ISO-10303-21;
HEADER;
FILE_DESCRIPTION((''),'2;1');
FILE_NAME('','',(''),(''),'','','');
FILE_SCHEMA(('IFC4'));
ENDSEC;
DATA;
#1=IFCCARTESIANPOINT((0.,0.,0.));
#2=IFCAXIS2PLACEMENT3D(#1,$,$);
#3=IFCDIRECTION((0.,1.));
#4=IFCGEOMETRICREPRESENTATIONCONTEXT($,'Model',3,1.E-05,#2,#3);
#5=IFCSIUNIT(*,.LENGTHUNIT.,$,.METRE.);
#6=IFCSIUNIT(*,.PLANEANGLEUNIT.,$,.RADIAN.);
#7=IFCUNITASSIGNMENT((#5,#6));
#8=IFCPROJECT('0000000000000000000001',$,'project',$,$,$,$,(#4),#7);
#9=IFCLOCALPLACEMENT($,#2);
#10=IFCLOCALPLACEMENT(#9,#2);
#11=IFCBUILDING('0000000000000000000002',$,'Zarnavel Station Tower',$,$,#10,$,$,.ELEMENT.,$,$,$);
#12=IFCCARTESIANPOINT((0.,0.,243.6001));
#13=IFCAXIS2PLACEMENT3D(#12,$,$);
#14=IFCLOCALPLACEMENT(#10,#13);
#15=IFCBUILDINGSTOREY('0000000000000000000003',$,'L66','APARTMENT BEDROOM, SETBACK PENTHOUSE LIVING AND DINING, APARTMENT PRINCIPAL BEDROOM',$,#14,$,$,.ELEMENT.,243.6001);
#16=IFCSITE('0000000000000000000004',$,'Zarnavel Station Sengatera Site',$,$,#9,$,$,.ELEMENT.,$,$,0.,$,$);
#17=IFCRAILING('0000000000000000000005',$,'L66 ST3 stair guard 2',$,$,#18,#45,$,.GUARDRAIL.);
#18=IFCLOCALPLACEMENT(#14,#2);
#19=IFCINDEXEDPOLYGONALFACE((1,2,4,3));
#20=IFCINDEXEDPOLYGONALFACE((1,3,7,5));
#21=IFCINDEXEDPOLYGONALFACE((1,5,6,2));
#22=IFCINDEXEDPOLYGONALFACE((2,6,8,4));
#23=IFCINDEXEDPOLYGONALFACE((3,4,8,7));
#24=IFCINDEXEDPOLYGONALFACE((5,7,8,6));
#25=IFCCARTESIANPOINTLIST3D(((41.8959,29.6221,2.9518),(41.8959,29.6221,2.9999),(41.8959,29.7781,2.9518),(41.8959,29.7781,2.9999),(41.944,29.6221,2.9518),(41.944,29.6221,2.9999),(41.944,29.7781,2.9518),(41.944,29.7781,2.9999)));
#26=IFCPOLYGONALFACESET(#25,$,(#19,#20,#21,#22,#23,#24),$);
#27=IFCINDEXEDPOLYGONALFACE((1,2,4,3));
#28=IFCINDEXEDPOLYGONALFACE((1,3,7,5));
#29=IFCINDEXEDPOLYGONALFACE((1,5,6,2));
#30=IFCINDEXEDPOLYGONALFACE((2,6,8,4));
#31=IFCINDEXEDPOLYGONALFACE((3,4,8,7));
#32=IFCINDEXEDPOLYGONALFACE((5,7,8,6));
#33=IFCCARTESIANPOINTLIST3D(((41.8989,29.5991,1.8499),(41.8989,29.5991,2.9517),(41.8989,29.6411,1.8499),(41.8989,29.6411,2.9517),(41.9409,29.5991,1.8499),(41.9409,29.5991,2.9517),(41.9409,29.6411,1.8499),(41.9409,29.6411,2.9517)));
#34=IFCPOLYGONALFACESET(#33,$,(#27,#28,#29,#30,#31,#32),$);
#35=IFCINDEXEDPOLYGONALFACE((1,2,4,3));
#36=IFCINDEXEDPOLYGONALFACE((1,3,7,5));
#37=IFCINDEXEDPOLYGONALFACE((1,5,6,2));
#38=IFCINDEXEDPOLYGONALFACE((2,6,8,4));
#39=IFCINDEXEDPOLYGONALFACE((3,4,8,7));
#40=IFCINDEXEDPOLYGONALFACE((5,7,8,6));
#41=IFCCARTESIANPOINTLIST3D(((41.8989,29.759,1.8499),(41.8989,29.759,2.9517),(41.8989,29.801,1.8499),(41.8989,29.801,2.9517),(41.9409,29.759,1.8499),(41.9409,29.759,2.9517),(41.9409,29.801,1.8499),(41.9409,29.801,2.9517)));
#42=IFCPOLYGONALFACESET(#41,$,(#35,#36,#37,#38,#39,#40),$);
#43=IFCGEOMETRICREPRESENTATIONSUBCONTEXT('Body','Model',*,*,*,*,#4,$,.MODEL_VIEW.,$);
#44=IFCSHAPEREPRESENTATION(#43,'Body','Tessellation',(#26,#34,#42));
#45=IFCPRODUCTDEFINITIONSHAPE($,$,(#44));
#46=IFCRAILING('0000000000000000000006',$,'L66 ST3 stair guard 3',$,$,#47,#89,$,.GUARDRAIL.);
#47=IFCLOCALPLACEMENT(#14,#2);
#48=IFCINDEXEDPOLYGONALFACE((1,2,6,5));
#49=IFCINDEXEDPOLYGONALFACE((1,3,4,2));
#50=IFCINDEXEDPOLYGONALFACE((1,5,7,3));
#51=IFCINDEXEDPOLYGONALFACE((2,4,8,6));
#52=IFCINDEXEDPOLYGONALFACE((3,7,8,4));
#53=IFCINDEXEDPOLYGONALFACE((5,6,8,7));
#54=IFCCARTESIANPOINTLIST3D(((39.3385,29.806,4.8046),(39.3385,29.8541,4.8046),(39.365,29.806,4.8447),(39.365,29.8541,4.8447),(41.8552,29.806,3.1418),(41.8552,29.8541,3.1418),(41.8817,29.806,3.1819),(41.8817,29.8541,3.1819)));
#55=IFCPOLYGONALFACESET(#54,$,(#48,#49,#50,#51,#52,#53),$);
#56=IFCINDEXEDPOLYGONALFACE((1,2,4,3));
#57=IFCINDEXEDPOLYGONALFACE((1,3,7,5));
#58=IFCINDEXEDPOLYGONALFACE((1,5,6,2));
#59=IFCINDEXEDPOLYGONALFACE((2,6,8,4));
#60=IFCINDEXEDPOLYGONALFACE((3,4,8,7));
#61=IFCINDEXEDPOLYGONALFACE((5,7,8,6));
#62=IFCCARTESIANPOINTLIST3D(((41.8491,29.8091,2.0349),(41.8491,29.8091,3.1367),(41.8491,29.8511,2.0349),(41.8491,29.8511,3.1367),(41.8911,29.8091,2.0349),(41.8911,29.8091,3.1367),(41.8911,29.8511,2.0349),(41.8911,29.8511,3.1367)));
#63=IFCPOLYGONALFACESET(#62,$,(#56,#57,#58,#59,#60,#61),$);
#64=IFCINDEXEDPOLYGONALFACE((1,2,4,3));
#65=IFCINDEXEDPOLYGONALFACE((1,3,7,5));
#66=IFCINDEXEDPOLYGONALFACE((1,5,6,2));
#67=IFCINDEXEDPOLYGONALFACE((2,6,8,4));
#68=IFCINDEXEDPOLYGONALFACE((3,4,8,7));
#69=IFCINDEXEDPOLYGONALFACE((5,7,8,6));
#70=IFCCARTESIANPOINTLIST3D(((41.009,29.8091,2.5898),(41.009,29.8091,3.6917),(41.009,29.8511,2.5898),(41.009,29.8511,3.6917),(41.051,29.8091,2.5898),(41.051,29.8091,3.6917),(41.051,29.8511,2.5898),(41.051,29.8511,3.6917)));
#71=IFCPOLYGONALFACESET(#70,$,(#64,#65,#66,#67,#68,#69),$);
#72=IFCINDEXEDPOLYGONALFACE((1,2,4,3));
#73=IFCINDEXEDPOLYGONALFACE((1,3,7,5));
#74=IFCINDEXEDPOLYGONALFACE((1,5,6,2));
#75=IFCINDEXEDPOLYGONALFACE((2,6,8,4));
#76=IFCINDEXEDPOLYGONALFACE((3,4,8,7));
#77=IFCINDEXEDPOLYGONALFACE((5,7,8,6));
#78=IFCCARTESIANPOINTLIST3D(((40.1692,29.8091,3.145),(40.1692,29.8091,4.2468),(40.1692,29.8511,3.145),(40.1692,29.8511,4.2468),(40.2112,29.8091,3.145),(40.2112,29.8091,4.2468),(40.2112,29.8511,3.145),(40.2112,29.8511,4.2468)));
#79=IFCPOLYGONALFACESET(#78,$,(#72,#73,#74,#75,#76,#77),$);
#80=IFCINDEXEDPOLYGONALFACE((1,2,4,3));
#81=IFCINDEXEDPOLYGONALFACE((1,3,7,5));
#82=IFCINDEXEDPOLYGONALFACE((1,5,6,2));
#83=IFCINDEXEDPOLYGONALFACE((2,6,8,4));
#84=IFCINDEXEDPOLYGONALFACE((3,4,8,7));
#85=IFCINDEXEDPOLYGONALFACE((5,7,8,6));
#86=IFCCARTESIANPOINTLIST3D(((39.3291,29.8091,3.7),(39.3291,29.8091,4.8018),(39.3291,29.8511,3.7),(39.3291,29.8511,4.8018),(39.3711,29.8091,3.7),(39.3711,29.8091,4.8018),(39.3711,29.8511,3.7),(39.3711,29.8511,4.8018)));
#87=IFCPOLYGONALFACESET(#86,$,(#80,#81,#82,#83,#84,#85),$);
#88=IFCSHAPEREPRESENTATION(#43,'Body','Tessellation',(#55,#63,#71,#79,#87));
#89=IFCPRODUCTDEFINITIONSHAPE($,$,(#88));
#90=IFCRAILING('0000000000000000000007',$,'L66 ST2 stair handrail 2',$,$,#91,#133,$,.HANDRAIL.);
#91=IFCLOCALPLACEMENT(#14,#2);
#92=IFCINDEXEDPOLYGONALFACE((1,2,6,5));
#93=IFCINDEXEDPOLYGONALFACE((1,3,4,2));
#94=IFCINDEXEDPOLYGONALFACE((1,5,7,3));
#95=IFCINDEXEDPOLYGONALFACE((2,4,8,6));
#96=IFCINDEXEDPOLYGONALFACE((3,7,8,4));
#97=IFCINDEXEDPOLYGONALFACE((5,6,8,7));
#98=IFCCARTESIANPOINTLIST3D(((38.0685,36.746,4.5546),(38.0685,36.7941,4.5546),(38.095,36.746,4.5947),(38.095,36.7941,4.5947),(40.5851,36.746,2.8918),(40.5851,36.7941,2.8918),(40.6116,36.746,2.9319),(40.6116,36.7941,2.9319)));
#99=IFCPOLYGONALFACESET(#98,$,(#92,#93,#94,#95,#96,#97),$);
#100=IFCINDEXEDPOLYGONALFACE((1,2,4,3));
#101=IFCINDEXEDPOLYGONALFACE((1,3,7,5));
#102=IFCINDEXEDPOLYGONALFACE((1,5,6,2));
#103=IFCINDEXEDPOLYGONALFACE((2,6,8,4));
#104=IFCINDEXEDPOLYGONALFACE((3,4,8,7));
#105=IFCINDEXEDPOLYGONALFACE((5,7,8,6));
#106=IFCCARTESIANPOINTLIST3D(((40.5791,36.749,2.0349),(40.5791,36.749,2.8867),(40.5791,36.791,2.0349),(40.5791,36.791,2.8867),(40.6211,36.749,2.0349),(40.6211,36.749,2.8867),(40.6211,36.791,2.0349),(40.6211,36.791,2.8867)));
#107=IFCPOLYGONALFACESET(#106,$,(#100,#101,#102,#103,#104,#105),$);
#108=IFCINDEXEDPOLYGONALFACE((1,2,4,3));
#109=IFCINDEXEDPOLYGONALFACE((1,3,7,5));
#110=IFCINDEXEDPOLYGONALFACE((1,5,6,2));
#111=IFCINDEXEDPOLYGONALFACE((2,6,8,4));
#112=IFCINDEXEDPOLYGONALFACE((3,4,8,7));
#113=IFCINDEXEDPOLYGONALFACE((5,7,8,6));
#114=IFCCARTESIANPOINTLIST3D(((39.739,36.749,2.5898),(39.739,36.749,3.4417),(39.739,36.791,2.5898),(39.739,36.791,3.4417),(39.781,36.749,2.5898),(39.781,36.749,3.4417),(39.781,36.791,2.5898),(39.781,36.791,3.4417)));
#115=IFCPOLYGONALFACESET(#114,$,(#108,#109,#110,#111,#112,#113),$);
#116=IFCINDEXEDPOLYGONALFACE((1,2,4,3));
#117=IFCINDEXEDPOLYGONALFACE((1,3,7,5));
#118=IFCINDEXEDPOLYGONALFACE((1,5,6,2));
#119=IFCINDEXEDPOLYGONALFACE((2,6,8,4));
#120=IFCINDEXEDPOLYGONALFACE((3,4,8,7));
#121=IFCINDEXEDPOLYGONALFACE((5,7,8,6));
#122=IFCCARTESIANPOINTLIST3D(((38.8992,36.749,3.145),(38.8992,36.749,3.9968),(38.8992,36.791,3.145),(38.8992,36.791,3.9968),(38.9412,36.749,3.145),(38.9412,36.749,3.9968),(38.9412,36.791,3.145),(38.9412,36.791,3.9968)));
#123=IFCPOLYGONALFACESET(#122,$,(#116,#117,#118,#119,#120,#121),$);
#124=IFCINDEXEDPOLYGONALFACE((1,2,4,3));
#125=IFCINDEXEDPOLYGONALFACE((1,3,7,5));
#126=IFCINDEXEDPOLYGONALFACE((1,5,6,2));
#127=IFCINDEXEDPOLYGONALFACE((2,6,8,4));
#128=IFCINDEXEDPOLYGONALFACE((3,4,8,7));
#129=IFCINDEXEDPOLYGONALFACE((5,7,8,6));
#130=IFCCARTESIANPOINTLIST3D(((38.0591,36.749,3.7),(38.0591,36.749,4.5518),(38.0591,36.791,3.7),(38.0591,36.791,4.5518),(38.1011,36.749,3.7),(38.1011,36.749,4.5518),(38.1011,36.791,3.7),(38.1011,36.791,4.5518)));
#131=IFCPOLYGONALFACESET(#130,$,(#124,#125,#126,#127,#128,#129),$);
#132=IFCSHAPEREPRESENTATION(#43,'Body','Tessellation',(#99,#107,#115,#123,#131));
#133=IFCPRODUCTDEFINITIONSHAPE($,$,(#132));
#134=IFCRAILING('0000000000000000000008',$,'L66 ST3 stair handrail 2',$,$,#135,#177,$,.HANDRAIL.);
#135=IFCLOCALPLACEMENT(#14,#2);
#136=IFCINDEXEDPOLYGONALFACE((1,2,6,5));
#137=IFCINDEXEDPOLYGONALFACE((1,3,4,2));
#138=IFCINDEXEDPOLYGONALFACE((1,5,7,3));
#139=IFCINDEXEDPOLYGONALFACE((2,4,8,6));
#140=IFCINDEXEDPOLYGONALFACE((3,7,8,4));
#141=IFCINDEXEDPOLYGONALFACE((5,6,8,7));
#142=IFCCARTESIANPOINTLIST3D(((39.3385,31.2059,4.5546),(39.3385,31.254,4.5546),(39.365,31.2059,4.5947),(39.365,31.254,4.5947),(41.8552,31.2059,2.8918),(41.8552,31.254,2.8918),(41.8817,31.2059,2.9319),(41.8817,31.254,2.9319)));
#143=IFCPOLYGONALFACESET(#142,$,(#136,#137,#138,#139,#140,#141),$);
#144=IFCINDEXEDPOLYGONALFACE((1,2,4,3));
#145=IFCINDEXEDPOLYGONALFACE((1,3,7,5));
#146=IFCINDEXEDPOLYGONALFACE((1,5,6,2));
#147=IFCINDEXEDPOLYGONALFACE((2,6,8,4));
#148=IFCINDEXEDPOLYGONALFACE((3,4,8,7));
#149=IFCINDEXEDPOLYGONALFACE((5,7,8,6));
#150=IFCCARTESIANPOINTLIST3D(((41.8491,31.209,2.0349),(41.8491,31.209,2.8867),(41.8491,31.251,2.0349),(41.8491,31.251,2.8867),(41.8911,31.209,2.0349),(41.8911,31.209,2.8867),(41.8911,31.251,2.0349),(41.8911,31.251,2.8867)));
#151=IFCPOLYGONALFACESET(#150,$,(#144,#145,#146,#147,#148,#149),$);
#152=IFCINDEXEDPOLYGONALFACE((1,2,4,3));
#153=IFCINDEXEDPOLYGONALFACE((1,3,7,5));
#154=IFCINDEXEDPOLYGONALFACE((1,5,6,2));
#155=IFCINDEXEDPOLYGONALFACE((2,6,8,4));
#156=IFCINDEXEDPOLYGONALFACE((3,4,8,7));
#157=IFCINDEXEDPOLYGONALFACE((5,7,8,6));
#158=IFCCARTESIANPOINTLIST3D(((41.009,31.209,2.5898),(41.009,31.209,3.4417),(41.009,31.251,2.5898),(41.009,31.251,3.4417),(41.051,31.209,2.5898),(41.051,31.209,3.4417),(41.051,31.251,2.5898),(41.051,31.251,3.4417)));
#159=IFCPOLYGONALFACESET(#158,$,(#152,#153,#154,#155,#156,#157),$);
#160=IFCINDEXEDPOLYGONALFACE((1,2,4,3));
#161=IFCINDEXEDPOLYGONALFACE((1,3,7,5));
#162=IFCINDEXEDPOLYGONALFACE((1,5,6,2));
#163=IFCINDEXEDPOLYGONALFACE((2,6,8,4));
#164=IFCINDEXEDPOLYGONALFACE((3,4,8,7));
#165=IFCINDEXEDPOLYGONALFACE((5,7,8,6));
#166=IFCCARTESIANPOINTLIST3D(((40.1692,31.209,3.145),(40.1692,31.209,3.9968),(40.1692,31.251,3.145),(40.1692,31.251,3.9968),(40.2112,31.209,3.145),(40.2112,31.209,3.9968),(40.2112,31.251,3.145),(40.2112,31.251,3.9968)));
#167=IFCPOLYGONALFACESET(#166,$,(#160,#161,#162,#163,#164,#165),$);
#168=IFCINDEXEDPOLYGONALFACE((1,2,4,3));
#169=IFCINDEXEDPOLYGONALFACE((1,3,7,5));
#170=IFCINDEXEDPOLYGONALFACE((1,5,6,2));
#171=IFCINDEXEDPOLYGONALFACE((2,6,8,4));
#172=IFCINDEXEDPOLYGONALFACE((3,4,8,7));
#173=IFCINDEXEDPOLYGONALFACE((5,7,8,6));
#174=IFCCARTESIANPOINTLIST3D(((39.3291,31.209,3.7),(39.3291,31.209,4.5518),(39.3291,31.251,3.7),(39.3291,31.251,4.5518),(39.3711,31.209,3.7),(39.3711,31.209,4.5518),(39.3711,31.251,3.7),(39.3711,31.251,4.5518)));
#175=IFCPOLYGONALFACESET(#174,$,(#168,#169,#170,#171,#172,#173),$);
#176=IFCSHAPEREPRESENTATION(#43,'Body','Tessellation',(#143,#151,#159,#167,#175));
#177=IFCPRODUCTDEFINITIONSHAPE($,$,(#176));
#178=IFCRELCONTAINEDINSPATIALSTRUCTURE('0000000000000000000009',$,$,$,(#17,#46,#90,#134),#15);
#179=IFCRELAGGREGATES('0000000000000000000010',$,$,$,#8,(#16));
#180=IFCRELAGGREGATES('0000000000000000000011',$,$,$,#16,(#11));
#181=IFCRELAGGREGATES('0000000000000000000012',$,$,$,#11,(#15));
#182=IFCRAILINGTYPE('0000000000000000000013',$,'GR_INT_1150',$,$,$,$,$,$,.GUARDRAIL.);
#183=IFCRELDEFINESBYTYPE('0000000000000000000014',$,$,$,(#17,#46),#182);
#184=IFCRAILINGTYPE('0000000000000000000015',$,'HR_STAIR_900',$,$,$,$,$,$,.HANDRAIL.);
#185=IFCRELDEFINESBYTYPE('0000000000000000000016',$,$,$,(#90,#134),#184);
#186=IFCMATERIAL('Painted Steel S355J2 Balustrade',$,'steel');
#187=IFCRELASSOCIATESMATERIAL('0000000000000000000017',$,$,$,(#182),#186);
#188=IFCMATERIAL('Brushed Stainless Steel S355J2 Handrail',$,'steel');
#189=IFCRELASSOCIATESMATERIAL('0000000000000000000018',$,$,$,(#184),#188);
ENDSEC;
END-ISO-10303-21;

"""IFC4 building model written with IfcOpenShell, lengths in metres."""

from ifc_helpers import new_model, si_unit, direction, frame, origin, origin_2d, place, context, subcontext, project, spatial, rectangle, extrude, material, type_object, element, save


model = new_model("IFC4")

# Units and contexts
model_context = context("Model", 3, precision=1e-05, world=origin(), true_north=direction((0.0, 1.0)))
body_context = subcontext(model_context, "Body", "Model", "MODEL_VIEW")
ifc_project = project(units=[si_unit("LENGTHUNIT", "METRE"), si_unit("PLANEANGLEUNIT", "RADIAN")], contexts=[model_context])

# Site, building, storey
site_placement = place(None, origin())
site = spatial("IfcSite", under=ifc_project, at=site_placement, Name="Zarnavel Station Sengatera Site", CompositionType="ELEMENT", RefElevation=0.0)
building_placement = place(site_placement, origin())
building = spatial("IfcBuilding", under=site, at=building_placement, Name="Zarnavel Station Tower", CompositionType="ELEMENT")
storey_placement = place(building_placement, frame((0.0, 0.0, 243.6001)))
storey = spatial("IfcBuildingStorey", under=building, at=storey_placement, Name="L66", Description="APARTMENT BEDROOM, SETBACK PENTHOUSE LIVING AND DINING, APARTMENT PRINCIPAL BEDROOM", CompositionType="ELEMENT", Elevation=243.6001)

# Railings
ifc_material_1 = material(Name="Painted Steel S355J2 Balustrade", Category="steel")
railing_type_1 = type_object("IfcRailingType", Name="GR_INT_1150", PredefinedType="GUARDRAIL", material=ifc_material_1)
railing_1_placement = place(storey_placement, frame((41.9199, 29.6201, 1.8499)))
element("IfcRailing", 1, at=railing_1_placement, inside=storey, type_object=railing_type_1, Name="L66 ST3 stair guard 2", PredefinedType="GUARDRAIL", context=body_context, shape_type="SweptSolid", body=[
    extrude(rectangle(XDim=0.0481, YDim=0.0481, at=origin_2d()), frame((0.0, 0.002, 1.126), z_axis=(0.0, 1.0, 0.0), x_axis=(-1.0, 0.0, 0.0)), (0.0, 0.0, 1.0), 0.156),
    extrude(rectangle(XDim=0.042, YDim=0.042, at=origin_2d()), origin(), (0.0, 0.0, 1.0), 1.1018),
    extrude(rectangle(XDim=0.042, YDim=0.042, at=origin_2d()), frame((0.0, 0.1599, 0.0)), (0.0, 0.0, 1.0), 1.1018),
])
railing_2_placement = place(storey_placement, frame((41.8701, 29.8301, 2.0349)))
element("IfcRailing", 2, at=railing_2_placement, inside=storey, type_object=railing_type_1, Name="L66 ST3 stair guard 3", PredefinedType="GUARDRAIL", context=body_context, shape_type="SweptSolid", body=[
    extrude(rectangle(XDim=0.0481, YDim=0.0481, at=origin_2d()), frame((-0.0017, 0.0, 1.127), z_axis=(-0.834331, 0.0, 0.551263), x_axis=(0.0, -1.0, 0.0)), (0.0, 0.0, 1.0), 3.0164),
    extrude(rectangle(XDim=0.042, YDim=0.042, at=origin_2d()), origin(), (0.0, 0.0, 1.0), 1.1018),
    extrude(rectangle(XDim=0.042, YDim=0.042, at=origin_2d()), frame((-0.8401, 0.0, 0.5549)), (0.0, 0.0, 1.0), 1.1018),
    extrude(rectangle(XDim=0.042, YDim=0.042, at=origin_2d()), frame((-1.6799, 0.0, 1.1101)), (0.0, 0.0, 1.0), 1.1018),
    extrude(rectangle(XDim=0.042, YDim=0.042, at=origin_2d()), frame((-2.52, 0.0, 1.665)), (0.0, 0.0, 1.0), 1.1018),
])
ifc_material_2 = material(Name="Brushed Stainless Steel S355J2 Handrail", Category="steel")
railing_type_2 = type_object("IfcRailingType", Name="HR_STAIR_900", PredefinedType="HANDRAIL", material=ifc_material_2)
for number, where, name in (
    (3, (40.6001, 36.77, 2.0349), "L66 ST2 stair handrail 2"),
    (4, (41.8701, 31.23, 2.0349), "L66 ST3 stair handrail 2"),
):
    element("IfcRailing", number, at=place(storey_placement, frame(where)), inside=storey, type_object=railing_type_2, Name=name, PredefinedType="HANDRAIL", context=body_context, shape_type="SweptSolid", body=[
        extrude(rectangle(XDim=0.0481, YDim=0.0481, at=origin_2d()), frame((-0.0017, 0.0, 0.877), z_axis=(-0.834331, 0.0, 0.551263), x_axis=(0.0, -1.0, 0.0)), (0.0, 0.0, 1.0), 3.0164),
        extrude(rectangle(XDim=0.042, YDim=0.042, at=origin_2d()), origin(), (0.0, 0.0, 1.0), 0.8518),
        extrude(rectangle(XDim=0.042, YDim=0.042, at=origin_2d()), frame((-0.8401, 0.0, 0.5549)), (0.0, 0.0, 1.0), 0.8518),
        extrude(rectangle(XDim=0.042, YDim=0.042, at=origin_2d()), frame((-1.6799, 0.0, 1.1101)), (0.0, 0.0, 1.0), 0.8518),
        extrude(rectangle(XDim=0.042, YDim=0.042, at=origin_2d()), frame((-2.52, 0.0, 1.665)), (0.0, 0.0, 1.0), 0.8518),
    ])

save(model, "model.ifc")
